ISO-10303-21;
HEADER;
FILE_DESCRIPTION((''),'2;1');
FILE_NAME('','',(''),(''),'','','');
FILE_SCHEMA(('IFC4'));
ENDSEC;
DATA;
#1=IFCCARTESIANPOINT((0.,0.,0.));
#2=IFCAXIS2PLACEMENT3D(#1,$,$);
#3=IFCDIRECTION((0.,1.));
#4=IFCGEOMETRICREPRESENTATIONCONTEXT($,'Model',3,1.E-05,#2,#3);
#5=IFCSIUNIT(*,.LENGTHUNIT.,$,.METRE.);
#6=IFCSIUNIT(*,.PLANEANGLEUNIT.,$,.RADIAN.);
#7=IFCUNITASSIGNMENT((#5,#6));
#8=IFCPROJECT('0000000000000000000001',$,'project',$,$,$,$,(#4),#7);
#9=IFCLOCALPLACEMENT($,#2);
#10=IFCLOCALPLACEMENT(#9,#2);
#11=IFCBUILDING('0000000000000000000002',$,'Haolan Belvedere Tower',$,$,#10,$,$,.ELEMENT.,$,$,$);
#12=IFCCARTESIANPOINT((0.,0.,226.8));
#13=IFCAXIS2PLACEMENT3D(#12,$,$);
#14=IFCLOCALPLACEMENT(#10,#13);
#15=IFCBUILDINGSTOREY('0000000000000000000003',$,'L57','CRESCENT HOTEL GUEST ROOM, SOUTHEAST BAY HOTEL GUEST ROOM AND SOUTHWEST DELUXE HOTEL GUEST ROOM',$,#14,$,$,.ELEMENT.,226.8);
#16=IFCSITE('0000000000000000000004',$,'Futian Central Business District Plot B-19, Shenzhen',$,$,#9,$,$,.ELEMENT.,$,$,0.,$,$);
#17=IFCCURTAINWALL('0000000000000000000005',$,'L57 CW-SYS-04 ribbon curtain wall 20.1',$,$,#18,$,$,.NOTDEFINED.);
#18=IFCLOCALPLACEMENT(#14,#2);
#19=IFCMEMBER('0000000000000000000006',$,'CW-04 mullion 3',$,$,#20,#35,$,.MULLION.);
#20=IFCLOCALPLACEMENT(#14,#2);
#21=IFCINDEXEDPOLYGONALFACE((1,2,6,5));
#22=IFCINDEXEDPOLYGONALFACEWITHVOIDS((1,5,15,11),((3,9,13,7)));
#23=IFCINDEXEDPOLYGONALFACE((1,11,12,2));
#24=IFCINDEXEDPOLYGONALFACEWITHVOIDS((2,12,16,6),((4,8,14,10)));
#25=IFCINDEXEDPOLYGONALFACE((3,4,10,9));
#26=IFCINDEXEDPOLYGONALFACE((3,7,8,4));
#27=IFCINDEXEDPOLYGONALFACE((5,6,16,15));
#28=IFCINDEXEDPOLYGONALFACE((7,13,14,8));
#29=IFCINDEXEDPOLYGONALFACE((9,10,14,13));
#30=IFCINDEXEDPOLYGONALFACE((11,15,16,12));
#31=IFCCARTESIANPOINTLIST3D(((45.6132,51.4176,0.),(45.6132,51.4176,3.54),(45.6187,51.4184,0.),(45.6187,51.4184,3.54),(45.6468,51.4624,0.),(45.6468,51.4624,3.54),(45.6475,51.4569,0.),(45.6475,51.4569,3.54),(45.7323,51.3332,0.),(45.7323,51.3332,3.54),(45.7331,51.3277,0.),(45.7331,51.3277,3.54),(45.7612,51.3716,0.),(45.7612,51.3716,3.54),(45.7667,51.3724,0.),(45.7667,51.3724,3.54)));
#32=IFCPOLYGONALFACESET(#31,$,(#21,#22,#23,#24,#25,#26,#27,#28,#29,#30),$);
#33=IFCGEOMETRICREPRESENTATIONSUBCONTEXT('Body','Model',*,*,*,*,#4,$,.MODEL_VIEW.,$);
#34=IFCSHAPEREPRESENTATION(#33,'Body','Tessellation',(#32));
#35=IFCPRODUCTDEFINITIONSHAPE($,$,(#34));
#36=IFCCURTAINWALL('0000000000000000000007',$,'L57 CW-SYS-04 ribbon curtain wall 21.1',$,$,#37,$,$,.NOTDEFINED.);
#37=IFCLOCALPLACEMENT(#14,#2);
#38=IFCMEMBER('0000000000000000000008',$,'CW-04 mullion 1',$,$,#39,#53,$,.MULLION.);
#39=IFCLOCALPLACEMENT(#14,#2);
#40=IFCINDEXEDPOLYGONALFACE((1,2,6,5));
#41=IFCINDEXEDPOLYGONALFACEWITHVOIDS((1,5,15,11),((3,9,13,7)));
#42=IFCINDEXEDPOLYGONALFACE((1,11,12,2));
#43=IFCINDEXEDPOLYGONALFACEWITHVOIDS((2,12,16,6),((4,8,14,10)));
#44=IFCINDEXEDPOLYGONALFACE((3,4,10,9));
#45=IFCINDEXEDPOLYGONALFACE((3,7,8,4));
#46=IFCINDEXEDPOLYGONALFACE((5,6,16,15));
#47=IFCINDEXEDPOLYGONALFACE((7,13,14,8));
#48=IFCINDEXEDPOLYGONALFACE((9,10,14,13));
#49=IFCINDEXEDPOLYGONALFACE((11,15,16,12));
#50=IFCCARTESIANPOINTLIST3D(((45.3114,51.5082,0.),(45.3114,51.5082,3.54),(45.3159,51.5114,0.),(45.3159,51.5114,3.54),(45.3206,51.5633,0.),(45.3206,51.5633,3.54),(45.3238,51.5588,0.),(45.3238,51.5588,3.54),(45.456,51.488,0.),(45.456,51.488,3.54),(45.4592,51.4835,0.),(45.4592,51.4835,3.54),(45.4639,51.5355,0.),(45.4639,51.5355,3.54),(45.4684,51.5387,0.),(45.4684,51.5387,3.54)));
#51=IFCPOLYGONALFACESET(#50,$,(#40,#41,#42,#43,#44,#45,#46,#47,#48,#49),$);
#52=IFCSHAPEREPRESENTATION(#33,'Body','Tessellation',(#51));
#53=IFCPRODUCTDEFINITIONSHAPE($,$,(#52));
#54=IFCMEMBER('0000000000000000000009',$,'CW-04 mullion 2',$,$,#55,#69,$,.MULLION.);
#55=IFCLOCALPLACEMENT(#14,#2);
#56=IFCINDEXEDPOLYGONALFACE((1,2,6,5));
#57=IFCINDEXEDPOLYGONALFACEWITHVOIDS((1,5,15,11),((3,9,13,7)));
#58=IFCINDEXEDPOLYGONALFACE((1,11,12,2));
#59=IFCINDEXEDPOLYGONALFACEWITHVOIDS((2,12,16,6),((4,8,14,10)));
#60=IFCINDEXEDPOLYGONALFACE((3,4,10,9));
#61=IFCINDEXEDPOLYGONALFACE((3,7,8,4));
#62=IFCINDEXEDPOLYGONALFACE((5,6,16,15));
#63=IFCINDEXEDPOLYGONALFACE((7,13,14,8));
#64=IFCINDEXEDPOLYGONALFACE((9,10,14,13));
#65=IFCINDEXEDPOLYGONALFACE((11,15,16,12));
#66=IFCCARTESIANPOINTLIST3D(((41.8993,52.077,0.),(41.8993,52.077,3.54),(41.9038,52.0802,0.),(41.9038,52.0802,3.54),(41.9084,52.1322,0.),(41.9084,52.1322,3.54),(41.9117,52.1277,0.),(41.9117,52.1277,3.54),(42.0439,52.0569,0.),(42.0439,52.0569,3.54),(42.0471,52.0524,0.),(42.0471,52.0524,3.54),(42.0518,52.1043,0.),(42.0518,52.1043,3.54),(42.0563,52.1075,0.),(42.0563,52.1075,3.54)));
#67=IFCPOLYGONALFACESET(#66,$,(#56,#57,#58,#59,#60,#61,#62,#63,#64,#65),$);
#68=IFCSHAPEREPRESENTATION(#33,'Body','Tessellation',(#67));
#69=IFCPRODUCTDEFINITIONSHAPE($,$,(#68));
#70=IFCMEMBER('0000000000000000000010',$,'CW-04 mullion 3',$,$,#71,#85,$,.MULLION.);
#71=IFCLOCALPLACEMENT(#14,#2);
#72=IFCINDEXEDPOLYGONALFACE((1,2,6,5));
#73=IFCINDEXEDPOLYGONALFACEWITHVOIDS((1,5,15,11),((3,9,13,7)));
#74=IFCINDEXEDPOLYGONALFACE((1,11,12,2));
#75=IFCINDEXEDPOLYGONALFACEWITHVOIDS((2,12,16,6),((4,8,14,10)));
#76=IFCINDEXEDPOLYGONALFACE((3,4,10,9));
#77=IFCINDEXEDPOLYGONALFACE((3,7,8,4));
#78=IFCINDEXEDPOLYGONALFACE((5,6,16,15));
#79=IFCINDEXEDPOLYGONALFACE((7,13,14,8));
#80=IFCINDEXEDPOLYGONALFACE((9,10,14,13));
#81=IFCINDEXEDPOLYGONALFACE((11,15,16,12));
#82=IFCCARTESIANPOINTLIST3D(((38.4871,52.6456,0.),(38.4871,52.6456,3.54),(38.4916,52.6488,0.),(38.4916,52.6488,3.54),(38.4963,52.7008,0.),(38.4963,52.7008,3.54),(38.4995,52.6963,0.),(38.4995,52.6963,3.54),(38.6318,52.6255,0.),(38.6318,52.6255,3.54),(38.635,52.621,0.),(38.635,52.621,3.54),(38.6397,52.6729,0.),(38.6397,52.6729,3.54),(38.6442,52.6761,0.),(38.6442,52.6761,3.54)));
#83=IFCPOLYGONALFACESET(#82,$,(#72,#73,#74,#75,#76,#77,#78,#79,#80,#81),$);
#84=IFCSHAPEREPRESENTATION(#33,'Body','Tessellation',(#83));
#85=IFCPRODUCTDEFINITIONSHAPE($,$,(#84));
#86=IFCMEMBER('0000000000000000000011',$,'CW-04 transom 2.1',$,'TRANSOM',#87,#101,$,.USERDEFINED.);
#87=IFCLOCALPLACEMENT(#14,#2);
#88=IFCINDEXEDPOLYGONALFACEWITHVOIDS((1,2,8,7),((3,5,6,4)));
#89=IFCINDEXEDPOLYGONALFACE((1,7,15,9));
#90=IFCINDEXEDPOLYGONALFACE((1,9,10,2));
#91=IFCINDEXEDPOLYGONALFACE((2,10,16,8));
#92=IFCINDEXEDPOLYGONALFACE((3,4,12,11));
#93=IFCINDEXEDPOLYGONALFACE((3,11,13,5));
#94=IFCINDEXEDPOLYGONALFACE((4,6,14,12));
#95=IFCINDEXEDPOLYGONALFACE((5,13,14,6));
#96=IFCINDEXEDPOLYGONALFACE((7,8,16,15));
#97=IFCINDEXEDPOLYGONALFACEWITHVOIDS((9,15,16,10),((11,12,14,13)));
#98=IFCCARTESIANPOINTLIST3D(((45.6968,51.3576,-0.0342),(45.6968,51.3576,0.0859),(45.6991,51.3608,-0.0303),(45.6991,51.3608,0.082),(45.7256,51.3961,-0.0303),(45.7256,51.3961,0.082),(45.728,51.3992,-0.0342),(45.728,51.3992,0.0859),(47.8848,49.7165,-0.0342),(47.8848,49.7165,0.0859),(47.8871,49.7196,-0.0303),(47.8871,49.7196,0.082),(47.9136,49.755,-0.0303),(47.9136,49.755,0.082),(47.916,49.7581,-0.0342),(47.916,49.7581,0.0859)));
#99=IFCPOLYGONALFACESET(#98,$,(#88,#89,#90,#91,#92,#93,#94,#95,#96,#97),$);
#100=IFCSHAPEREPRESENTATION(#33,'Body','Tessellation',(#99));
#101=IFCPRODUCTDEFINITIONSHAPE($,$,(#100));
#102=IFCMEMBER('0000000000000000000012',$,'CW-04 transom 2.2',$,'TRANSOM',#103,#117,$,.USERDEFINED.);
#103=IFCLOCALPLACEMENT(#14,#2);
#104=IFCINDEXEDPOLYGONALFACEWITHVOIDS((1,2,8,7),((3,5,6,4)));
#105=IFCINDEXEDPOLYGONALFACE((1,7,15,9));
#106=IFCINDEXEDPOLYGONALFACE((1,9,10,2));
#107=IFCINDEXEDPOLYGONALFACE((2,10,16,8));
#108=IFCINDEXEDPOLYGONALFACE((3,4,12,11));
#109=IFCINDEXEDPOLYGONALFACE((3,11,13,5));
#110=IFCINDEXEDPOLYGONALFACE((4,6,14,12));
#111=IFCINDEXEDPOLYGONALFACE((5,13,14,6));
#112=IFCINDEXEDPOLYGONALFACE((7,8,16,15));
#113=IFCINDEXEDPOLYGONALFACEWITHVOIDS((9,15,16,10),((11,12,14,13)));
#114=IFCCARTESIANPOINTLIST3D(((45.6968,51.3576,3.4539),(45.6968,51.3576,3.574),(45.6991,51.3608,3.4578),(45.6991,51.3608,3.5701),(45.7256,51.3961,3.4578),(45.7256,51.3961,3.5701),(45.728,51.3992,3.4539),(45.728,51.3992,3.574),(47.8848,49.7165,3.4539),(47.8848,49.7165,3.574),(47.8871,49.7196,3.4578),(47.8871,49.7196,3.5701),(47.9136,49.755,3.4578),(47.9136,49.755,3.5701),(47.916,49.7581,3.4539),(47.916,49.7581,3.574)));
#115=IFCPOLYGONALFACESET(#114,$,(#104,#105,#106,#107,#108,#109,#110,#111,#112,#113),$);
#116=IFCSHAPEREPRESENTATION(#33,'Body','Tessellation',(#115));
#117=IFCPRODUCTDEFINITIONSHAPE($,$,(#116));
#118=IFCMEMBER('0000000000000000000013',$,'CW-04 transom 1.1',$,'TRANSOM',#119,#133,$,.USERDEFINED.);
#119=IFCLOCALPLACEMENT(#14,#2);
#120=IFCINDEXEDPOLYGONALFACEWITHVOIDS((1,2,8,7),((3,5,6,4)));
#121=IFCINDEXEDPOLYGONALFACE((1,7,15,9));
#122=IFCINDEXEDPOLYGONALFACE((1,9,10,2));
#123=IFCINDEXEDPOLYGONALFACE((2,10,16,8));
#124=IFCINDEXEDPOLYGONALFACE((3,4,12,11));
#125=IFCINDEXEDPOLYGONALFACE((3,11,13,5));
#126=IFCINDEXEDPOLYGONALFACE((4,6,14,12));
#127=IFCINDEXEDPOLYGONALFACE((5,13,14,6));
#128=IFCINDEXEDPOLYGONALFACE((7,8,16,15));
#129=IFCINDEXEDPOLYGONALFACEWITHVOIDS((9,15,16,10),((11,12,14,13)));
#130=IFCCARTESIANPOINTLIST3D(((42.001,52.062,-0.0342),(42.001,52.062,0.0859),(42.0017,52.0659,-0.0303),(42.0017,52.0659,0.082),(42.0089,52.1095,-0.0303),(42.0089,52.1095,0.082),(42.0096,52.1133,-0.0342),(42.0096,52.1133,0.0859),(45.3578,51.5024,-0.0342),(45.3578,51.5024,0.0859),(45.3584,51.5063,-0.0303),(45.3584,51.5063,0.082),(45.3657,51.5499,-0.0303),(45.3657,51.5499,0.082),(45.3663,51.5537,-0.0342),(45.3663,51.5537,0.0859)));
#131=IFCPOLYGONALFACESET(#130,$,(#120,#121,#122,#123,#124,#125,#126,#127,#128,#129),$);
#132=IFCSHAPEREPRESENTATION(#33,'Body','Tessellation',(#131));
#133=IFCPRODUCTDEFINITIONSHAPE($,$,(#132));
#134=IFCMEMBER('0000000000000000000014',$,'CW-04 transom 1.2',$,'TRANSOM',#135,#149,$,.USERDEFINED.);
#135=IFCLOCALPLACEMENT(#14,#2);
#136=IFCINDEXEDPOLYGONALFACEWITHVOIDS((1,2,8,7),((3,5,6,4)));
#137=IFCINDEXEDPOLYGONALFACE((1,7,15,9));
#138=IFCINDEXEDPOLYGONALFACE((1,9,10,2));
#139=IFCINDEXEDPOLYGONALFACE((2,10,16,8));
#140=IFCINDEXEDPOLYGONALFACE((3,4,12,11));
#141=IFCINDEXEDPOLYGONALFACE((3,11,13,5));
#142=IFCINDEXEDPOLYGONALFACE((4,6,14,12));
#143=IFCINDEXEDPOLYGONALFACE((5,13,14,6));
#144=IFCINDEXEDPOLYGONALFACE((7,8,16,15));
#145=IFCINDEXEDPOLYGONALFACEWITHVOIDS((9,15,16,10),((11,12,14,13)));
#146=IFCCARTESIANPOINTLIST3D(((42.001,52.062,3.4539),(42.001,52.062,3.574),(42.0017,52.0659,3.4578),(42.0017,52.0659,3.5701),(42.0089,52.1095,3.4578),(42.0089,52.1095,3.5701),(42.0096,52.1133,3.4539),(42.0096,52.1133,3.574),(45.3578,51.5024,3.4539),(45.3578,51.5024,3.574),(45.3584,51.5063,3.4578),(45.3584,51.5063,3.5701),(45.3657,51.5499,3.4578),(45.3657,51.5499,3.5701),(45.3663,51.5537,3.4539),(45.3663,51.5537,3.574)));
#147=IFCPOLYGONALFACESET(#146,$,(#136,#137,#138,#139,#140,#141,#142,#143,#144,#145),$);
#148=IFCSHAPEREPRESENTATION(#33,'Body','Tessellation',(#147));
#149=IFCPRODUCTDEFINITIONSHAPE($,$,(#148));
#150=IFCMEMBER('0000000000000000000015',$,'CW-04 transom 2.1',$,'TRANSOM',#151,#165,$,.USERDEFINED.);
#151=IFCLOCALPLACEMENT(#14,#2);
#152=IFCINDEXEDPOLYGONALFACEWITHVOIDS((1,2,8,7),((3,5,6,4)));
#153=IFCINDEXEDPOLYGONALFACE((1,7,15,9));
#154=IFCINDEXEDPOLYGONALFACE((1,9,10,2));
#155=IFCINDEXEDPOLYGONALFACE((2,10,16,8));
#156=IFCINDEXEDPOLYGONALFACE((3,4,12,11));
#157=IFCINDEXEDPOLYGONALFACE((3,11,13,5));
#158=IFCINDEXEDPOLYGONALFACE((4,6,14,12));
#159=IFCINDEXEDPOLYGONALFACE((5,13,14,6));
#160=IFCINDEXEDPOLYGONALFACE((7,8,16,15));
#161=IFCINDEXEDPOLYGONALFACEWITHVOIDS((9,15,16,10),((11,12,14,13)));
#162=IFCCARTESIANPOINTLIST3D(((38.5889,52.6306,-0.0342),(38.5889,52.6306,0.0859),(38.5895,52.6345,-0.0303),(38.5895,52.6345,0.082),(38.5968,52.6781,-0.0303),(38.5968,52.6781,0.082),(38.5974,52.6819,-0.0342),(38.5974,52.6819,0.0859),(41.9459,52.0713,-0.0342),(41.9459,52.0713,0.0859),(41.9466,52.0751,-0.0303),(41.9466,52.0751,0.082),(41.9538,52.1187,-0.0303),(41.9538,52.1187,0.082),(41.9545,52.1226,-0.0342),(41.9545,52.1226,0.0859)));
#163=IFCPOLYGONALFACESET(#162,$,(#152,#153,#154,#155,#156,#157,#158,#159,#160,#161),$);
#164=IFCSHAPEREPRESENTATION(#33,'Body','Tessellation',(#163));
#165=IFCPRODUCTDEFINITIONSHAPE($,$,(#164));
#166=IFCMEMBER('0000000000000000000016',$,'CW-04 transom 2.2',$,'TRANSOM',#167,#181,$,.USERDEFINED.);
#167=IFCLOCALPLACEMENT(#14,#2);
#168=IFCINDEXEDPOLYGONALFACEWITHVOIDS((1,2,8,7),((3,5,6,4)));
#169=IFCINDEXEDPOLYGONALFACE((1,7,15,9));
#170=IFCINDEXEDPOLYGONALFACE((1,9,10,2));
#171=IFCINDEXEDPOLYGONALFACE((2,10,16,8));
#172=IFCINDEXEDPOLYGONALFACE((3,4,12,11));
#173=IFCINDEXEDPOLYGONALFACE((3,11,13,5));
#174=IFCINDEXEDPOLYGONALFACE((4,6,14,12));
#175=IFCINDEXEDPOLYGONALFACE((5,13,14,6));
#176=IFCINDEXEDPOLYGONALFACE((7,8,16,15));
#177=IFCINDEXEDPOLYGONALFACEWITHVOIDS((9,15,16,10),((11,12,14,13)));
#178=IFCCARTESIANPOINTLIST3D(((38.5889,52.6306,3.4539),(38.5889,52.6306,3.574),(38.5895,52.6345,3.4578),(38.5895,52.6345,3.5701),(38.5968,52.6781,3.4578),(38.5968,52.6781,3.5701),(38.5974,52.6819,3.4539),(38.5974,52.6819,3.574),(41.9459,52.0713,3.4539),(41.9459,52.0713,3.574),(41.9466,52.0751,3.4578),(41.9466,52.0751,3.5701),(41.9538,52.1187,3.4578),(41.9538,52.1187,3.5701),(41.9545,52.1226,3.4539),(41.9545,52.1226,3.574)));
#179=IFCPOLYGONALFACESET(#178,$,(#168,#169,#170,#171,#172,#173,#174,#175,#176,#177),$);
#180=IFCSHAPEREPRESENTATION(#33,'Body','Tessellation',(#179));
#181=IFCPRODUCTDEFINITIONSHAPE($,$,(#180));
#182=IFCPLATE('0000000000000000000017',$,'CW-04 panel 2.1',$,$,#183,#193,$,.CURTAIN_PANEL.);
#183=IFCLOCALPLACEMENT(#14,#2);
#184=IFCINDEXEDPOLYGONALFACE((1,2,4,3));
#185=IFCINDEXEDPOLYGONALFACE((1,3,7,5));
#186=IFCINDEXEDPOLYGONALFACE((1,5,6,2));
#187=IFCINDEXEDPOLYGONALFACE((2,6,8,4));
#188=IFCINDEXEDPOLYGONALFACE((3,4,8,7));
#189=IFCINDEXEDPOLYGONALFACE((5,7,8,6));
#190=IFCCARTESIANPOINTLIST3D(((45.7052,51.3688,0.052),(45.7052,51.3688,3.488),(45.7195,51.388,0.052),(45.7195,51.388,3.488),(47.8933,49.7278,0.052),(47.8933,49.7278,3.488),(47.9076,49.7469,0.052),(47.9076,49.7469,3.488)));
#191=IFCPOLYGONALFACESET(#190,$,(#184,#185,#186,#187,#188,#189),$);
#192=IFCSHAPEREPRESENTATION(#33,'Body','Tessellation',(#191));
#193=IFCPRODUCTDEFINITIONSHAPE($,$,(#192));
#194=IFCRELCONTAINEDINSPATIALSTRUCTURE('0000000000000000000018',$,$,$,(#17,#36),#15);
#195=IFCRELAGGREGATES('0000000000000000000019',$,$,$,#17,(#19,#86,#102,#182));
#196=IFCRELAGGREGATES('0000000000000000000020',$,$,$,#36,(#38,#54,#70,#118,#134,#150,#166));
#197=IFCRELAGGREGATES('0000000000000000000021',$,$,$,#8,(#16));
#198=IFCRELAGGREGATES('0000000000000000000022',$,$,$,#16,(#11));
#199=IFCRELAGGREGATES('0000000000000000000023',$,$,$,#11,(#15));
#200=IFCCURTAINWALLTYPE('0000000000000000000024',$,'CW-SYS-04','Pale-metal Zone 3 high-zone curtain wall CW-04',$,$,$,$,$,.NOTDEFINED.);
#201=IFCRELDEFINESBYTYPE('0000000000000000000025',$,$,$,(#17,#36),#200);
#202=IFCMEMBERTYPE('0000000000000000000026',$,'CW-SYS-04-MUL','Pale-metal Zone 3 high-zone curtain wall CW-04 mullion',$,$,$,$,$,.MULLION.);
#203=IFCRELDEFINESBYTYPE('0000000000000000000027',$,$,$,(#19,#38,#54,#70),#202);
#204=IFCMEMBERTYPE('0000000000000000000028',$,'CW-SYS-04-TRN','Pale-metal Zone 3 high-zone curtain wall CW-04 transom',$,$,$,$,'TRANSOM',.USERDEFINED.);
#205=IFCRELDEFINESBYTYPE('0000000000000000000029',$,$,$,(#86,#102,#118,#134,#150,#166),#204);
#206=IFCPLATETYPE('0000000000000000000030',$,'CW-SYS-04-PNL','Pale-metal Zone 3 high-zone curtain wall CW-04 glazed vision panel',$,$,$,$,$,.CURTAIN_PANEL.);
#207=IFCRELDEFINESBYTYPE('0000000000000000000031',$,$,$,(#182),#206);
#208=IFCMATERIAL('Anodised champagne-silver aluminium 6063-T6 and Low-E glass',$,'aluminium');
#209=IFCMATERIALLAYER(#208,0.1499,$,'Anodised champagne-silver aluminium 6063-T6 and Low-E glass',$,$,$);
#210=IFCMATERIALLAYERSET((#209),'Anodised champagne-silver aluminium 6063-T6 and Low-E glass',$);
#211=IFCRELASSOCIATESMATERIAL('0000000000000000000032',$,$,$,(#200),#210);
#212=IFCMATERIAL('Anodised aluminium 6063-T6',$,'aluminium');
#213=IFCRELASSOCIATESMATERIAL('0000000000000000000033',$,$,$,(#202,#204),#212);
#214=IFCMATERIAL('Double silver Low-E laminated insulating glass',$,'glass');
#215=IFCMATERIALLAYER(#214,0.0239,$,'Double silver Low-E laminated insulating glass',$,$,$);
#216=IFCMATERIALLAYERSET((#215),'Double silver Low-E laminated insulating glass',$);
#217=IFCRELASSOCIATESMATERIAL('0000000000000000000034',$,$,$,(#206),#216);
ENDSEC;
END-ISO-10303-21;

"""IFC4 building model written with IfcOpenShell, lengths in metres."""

from ifc_helpers import new_model, si_unit, direction, frame, origin, origin_2d, place, context, subcontext, project, spatial, rectangle, hollow_rectangle, extrude, material, layer, layer_set, material_profile, profile_set, type_object, element, aggregate, save


model = new_model("IFC4")

# Units and contexts
model_context = context("Model", 3, precision=1e-05, world=origin(), true_north=direction((0.0, 1.0)))
body_context = subcontext(model_context, "Body", "Model", "MODEL_VIEW")
ifc_project = project(units=[si_unit("LENGTHUNIT", "METRE"), si_unit("PLANEANGLEUNIT", "RADIAN")], contexts=[model_context])

# Site, building, storey
site_placement = place(None, origin())
site = spatial("IfcSite", under=ifc_project, at=site_placement, Name="Futian Central Business District Plot B-19, Shenzhen", CompositionType="ELEMENT", RefElevation=0.0)
building_placement = place(site_placement, origin())
building = spatial("IfcBuilding", under=site, at=building_placement, Name="Haolan Belvedere Tower", CompositionType="ELEMENT")
storey_placement = place(building_placement, frame((0.0, 0.0, 226.8)))
storey = spatial("IfcBuildingStorey", under=building, at=storey_placement, Name="L57", Description="CRESCENT HOTEL GUEST ROOM, SOUTHEAST BAY HOTEL GUEST ROOM AND SOUTHWEST DELUXE HOTEL GUEST ROOM", CompositionType="ELEMENT", Elevation=226.8)

# Curtain walls, members
ifc_material_1 = material(Name="Anodised champagne-silver aluminium 6063-T6 and Low-E glass", Category="aluminium")
ifc_layer_1 = layer(ifc_material_1, 0.1499, Name="Anodised champagne-silver aluminium 6063-T6 and Low-E glass")
ifc_layer_set_1 = layer_set([ifc_layer_1], Name="Anodised champagne-silver aluminium 6063-T6 and Low-E glass")
curtain_wall_type = type_object("IfcCurtainWallType", Name="CW-SYS-04", Description="Pale-metal Zone 3 high-zone curtain wall CW-04", PredefinedType="NOTDEFINED", material=ifc_layer_set_1)
curtain_wall_1_placement = place(storey_placement, origin())
curtain_wall_1 = element("IfcCurtainWall", 1, at=curtain_wall_1_placement, inside=storey, type_object=curtain_wall_type, Name="L57 CW-SYS-04 ribbon curtain wall 20.1", PredefinedType="NOTDEFINED")
ifc_material_2 = material(Name="Anodised aluminium 6063-T6", Category="aluminium")
ifc_material_profile_1 = material_profile(ifc_material_2, hollow_rectangle(XDim=0.0559, YDim=0.1499, WallThickness=0.0039, at=origin_2d()), Name="Anodised aluminium 6063-T6")
ifc_profile_set_1 = profile_set([ifc_material_profile_1], Name="Anodised aluminium 6063-T6")
member_type_1 = type_object("IfcMemberType", Name="CW-SYS-04-MUL", Description="Pale-metal Zone 3 high-zone curtain wall CW-04 mullion", PredefinedType="MULLION", material=ifc_profile_set_1)
member_1_placement = place(storey_placement, frame((45.6899, 51.395, 0.0), z_axis=(0.0, 0.0, 1.0), x_axis=(-0.600003, -0.799998, 0.0)))
member_1 = element("IfcMember", 2, at=member_1_placement, type_object=member_type_1, Name="CW-04 mullion 3", PredefinedType="MULLION", context=body_context, shape_type="SweptSolid", body=[
    extrude(hollow_rectangle(XDim=0.0559, YDim=0.1499, WallThickness=0.0039, at=origin_2d()), origin(), (0.0, 0.0, 1.0), 3.54),
])
curtain_wall_2_placement = place(storey_placement, origin())
curtain_wall_2 = element("IfcCurtainWall", 3, at=curtain_wall_2_placement, inside=storey, type_object=curtain_wall_type, Name="L57 CW-SYS-04 ribbon curtain wall 21.1", PredefinedType="NOTDEFINED")
member_2_placement = place(storey_placement, frame((45.3899, 51.5234, 0.0), z_axis=(0.0, 0.0, 1.0), x_axis=(-0.164406, -0.986393, 0.0)))
member_2 = element("IfcMember", 4, at=member_2_placement, type_object=member_type_1, Name="CW-04 mullion 1", PredefinedType="MULLION", context=body_context, shape_type="SweptSolid", body=[
    extrude(hollow_rectangle(XDim=0.0559, YDim=0.1499, WallThickness=0.0039, at=origin_2d()), origin(), (0.0, 0.0, 1.0), 3.54),
])
member_3_placement = place(storey_placement, frame((41.9778, 52.0923, 0.0), z_axis=(0.0, 0.0, 1.0), x_axis=(-0.164406, -0.986393, 0.0)))
member_3 = element("IfcMember", 5, at=member_3_placement, type_object=member_type_1, Name="CW-04 mullion 2", PredefinedType="MULLION", context=body_context, shape_type="SweptSolid", body=[
    extrude(hollow_rectangle(XDim=0.0559, YDim=0.1499, WallThickness=0.0039, at=origin_2d()), origin(), (0.0, 0.0, 1.0), 3.54),
])
member_4_placement = place(storey_placement, frame((38.5657, 52.6609, 0.0), z_axis=(0.0, 0.0, 1.0), x_axis=(-0.164406, -0.986393, 0.0)))
member_4 = element("IfcMember", 6, at=member_4_placement, type_object=member_type_1, Name="CW-04 mullion 3", PredefinedType="MULLION", context=body_context, shape_type="SweptSolid", body=[
    extrude(hollow_rectangle(XDim=0.0559, YDim=0.1499, WallThickness=0.0039, at=origin_2d()), origin(), (0.0, 0.0, 1.0), 3.54),
])

# Members
ifc_material_profile_2 = material_profile(ifc_material_2, hollow_rectangle(XDim=0.052, YDim=0.1201, WallThickness=0.0039, at=origin_2d()), Name="Anodised aluminium 6063-T6")
ifc_profile_set_2 = profile_set([ifc_material_profile_2], Name="Anodised aluminium 6063-T6")
member_type_2 = type_object("IfcMemberType", Name="CW-SYS-04-TRN", Description="Pale-metal Zone 3 high-zone curtain wall CW-04 transom", ElementType="TRANSOM", PredefinedType="USERDEFINED", material=ifc_profile_set_2)
member_5_placement = place(storey_placement, frame((47.9004, 49.7373, 0.0259), z_axis=(-0.799979, 0.600029, 0.0), x_axis=(-0.600029, -0.799979, 0.0)))
member_5 = element("IfcMember", 7, at=member_5_placement, type_object=member_type_2, Name="CW-04 transom 2.1", ObjectType="TRANSOM", PredefinedType="USERDEFINED", context=body_context, shape_type="SweptSolid", body=[
    extrude(hollow_rectangle(XDim=0.052, YDim=0.1201, WallThickness=0.0039, at=origin_2d()), origin(), (0.0, 0.0, 1.0), 2.7351),
])
member_6_placement = place(storey_placement, frame((47.9004, 49.7373, 3.5139), z_axis=(-0.799979, 0.600029, 0.0), x_axis=(-0.600029, -0.799979, 0.0)))
member_6 = element("IfcMember", 8, at=member_6_placement, type_object=member_type_2, Name="CW-04 transom 2.2", ObjectType="TRANSOM", PredefinedType="USERDEFINED", context=body_context, shape_type="SweptSolid", body=[
    extrude(hollow_rectangle(XDim=0.052, YDim=0.1201, WallThickness=0.0039, at=origin_2d()), origin(), (0.0, 0.0, 1.0), 2.7351),
])
member_7_placement = place(storey_placement, frame((45.3621, 51.5281, 0.0259), z_axis=(-0.986388, 0.164434, 0.0), x_axis=(-0.164434, -0.986388, 0.0)))
member_7 = element("IfcMember", 9, at=member_7_placement, type_object=member_type_2, Name="CW-04 transom 1.1", ObjectType="TRANSOM", PredefinedType="USERDEFINED", context=body_context, shape_type="SweptSolid", body=[
    extrude(hollow_rectangle(XDim=0.052, YDim=0.1201, WallThickness=0.0039, at=origin_2d()), origin(), (0.0, 0.0, 1.0), 3.4031),
])
member_8_placement = place(storey_placement, frame((45.3621, 51.5281, 3.5139), z_axis=(-0.986388, 0.164434, 0.0), x_axis=(-0.164434, -0.986388, 0.0)))
member_8 = element("IfcMember", 10, at=member_8_placement, type_object=member_type_2, Name="CW-04 transom 1.2", ObjectType="TRANSOM", PredefinedType="USERDEFINED", context=body_context, shape_type="SweptSolid", body=[
    extrude(hollow_rectangle(XDim=0.052, YDim=0.1201, WallThickness=0.0039, at=origin_2d()), origin(), (0.0, 0.0, 1.0), 3.4031),
])
member_9_placement = place(storey_placement, frame((41.9502, 52.0969, 0.0259), z_axis=(-0.986402, 0.164352, 0.0), x_axis=(-0.164352, -0.986402, 0.0)))
member_9 = element("IfcMember", 11, at=member_9_placement, type_object=member_type_2, Name="CW-04 transom 2.1", ObjectType="TRANSOM", PredefinedType="USERDEFINED", context=body_context, shape_type="SweptSolid", body=[
    extrude(hollow_rectangle(XDim=0.052, YDim=0.1201, WallThickness=0.0039, at=origin_2d()), origin(), (0.0, 0.0, 1.0), 3.4033),
])
member_10_placement = place(storey_placement, frame((41.9502, 52.0969, 3.5139), z_axis=(-0.986402, 0.164352, 0.0), x_axis=(-0.164352, -0.986402, 0.0)))
member_10 = element("IfcMember", 12, at=member_10_placement, type_object=member_type_2, Name="CW-04 transom 2.2", ObjectType="TRANSOM", PredefinedType="USERDEFINED", context=body_context, shape_type="SweptSolid", body=[
    extrude(hollow_rectangle(XDim=0.052, YDim=0.1201, WallThickness=0.0039, at=origin_2d()), origin(), (0.0, 0.0, 1.0), 3.4033),
])

# Plate
ifc_material_3 = material(Name="Double silver Low-E laminated insulating glass", Category="glass")
ifc_layer_2 = layer(ifc_material_3, 0.0239, Name="Double silver Low-E laminated insulating glass")
ifc_layer_set_2 = layer_set([ifc_layer_2], Name="Double silver Low-E laminated insulating glass")
plate_type = type_object("IfcPlateType", Name="CW-SYS-04-PNL", Description="Pale-metal Zone 3 high-zone curtain wall CW-04 glazed vision panel", PredefinedType="CURTAIN_PANEL", material=ifc_layer_set_2)
plate_1_placement = place(storey_placement, frame((46.8064, 50.5579, 0.052), z_axis=(0.0, 0.0, 1.0), x_axis=(-0.799998, 0.600003, 0.0)))
plate_1 = element("IfcPlate", 13, at=plate_1_placement, type_object=plate_type, Name="CW-04 panel 2.1", PredefinedType="CURTAIN_PANEL", context=body_context, shape_type="SweptSolid", body=[
    extrude(rectangle(XDim=2.7351, YDim=0.0239, at=origin_2d()), origin(), (0.0, 0.0, 1.0), 3.436),
])
aggregate(curtain_wall_1, [member_1, member_5, member_6, plate_1])
aggregate(curtain_wall_2, [member_2, member_3, member_4, member_7, member_8, member_9, member_10])

save(model, "model.ifc")
